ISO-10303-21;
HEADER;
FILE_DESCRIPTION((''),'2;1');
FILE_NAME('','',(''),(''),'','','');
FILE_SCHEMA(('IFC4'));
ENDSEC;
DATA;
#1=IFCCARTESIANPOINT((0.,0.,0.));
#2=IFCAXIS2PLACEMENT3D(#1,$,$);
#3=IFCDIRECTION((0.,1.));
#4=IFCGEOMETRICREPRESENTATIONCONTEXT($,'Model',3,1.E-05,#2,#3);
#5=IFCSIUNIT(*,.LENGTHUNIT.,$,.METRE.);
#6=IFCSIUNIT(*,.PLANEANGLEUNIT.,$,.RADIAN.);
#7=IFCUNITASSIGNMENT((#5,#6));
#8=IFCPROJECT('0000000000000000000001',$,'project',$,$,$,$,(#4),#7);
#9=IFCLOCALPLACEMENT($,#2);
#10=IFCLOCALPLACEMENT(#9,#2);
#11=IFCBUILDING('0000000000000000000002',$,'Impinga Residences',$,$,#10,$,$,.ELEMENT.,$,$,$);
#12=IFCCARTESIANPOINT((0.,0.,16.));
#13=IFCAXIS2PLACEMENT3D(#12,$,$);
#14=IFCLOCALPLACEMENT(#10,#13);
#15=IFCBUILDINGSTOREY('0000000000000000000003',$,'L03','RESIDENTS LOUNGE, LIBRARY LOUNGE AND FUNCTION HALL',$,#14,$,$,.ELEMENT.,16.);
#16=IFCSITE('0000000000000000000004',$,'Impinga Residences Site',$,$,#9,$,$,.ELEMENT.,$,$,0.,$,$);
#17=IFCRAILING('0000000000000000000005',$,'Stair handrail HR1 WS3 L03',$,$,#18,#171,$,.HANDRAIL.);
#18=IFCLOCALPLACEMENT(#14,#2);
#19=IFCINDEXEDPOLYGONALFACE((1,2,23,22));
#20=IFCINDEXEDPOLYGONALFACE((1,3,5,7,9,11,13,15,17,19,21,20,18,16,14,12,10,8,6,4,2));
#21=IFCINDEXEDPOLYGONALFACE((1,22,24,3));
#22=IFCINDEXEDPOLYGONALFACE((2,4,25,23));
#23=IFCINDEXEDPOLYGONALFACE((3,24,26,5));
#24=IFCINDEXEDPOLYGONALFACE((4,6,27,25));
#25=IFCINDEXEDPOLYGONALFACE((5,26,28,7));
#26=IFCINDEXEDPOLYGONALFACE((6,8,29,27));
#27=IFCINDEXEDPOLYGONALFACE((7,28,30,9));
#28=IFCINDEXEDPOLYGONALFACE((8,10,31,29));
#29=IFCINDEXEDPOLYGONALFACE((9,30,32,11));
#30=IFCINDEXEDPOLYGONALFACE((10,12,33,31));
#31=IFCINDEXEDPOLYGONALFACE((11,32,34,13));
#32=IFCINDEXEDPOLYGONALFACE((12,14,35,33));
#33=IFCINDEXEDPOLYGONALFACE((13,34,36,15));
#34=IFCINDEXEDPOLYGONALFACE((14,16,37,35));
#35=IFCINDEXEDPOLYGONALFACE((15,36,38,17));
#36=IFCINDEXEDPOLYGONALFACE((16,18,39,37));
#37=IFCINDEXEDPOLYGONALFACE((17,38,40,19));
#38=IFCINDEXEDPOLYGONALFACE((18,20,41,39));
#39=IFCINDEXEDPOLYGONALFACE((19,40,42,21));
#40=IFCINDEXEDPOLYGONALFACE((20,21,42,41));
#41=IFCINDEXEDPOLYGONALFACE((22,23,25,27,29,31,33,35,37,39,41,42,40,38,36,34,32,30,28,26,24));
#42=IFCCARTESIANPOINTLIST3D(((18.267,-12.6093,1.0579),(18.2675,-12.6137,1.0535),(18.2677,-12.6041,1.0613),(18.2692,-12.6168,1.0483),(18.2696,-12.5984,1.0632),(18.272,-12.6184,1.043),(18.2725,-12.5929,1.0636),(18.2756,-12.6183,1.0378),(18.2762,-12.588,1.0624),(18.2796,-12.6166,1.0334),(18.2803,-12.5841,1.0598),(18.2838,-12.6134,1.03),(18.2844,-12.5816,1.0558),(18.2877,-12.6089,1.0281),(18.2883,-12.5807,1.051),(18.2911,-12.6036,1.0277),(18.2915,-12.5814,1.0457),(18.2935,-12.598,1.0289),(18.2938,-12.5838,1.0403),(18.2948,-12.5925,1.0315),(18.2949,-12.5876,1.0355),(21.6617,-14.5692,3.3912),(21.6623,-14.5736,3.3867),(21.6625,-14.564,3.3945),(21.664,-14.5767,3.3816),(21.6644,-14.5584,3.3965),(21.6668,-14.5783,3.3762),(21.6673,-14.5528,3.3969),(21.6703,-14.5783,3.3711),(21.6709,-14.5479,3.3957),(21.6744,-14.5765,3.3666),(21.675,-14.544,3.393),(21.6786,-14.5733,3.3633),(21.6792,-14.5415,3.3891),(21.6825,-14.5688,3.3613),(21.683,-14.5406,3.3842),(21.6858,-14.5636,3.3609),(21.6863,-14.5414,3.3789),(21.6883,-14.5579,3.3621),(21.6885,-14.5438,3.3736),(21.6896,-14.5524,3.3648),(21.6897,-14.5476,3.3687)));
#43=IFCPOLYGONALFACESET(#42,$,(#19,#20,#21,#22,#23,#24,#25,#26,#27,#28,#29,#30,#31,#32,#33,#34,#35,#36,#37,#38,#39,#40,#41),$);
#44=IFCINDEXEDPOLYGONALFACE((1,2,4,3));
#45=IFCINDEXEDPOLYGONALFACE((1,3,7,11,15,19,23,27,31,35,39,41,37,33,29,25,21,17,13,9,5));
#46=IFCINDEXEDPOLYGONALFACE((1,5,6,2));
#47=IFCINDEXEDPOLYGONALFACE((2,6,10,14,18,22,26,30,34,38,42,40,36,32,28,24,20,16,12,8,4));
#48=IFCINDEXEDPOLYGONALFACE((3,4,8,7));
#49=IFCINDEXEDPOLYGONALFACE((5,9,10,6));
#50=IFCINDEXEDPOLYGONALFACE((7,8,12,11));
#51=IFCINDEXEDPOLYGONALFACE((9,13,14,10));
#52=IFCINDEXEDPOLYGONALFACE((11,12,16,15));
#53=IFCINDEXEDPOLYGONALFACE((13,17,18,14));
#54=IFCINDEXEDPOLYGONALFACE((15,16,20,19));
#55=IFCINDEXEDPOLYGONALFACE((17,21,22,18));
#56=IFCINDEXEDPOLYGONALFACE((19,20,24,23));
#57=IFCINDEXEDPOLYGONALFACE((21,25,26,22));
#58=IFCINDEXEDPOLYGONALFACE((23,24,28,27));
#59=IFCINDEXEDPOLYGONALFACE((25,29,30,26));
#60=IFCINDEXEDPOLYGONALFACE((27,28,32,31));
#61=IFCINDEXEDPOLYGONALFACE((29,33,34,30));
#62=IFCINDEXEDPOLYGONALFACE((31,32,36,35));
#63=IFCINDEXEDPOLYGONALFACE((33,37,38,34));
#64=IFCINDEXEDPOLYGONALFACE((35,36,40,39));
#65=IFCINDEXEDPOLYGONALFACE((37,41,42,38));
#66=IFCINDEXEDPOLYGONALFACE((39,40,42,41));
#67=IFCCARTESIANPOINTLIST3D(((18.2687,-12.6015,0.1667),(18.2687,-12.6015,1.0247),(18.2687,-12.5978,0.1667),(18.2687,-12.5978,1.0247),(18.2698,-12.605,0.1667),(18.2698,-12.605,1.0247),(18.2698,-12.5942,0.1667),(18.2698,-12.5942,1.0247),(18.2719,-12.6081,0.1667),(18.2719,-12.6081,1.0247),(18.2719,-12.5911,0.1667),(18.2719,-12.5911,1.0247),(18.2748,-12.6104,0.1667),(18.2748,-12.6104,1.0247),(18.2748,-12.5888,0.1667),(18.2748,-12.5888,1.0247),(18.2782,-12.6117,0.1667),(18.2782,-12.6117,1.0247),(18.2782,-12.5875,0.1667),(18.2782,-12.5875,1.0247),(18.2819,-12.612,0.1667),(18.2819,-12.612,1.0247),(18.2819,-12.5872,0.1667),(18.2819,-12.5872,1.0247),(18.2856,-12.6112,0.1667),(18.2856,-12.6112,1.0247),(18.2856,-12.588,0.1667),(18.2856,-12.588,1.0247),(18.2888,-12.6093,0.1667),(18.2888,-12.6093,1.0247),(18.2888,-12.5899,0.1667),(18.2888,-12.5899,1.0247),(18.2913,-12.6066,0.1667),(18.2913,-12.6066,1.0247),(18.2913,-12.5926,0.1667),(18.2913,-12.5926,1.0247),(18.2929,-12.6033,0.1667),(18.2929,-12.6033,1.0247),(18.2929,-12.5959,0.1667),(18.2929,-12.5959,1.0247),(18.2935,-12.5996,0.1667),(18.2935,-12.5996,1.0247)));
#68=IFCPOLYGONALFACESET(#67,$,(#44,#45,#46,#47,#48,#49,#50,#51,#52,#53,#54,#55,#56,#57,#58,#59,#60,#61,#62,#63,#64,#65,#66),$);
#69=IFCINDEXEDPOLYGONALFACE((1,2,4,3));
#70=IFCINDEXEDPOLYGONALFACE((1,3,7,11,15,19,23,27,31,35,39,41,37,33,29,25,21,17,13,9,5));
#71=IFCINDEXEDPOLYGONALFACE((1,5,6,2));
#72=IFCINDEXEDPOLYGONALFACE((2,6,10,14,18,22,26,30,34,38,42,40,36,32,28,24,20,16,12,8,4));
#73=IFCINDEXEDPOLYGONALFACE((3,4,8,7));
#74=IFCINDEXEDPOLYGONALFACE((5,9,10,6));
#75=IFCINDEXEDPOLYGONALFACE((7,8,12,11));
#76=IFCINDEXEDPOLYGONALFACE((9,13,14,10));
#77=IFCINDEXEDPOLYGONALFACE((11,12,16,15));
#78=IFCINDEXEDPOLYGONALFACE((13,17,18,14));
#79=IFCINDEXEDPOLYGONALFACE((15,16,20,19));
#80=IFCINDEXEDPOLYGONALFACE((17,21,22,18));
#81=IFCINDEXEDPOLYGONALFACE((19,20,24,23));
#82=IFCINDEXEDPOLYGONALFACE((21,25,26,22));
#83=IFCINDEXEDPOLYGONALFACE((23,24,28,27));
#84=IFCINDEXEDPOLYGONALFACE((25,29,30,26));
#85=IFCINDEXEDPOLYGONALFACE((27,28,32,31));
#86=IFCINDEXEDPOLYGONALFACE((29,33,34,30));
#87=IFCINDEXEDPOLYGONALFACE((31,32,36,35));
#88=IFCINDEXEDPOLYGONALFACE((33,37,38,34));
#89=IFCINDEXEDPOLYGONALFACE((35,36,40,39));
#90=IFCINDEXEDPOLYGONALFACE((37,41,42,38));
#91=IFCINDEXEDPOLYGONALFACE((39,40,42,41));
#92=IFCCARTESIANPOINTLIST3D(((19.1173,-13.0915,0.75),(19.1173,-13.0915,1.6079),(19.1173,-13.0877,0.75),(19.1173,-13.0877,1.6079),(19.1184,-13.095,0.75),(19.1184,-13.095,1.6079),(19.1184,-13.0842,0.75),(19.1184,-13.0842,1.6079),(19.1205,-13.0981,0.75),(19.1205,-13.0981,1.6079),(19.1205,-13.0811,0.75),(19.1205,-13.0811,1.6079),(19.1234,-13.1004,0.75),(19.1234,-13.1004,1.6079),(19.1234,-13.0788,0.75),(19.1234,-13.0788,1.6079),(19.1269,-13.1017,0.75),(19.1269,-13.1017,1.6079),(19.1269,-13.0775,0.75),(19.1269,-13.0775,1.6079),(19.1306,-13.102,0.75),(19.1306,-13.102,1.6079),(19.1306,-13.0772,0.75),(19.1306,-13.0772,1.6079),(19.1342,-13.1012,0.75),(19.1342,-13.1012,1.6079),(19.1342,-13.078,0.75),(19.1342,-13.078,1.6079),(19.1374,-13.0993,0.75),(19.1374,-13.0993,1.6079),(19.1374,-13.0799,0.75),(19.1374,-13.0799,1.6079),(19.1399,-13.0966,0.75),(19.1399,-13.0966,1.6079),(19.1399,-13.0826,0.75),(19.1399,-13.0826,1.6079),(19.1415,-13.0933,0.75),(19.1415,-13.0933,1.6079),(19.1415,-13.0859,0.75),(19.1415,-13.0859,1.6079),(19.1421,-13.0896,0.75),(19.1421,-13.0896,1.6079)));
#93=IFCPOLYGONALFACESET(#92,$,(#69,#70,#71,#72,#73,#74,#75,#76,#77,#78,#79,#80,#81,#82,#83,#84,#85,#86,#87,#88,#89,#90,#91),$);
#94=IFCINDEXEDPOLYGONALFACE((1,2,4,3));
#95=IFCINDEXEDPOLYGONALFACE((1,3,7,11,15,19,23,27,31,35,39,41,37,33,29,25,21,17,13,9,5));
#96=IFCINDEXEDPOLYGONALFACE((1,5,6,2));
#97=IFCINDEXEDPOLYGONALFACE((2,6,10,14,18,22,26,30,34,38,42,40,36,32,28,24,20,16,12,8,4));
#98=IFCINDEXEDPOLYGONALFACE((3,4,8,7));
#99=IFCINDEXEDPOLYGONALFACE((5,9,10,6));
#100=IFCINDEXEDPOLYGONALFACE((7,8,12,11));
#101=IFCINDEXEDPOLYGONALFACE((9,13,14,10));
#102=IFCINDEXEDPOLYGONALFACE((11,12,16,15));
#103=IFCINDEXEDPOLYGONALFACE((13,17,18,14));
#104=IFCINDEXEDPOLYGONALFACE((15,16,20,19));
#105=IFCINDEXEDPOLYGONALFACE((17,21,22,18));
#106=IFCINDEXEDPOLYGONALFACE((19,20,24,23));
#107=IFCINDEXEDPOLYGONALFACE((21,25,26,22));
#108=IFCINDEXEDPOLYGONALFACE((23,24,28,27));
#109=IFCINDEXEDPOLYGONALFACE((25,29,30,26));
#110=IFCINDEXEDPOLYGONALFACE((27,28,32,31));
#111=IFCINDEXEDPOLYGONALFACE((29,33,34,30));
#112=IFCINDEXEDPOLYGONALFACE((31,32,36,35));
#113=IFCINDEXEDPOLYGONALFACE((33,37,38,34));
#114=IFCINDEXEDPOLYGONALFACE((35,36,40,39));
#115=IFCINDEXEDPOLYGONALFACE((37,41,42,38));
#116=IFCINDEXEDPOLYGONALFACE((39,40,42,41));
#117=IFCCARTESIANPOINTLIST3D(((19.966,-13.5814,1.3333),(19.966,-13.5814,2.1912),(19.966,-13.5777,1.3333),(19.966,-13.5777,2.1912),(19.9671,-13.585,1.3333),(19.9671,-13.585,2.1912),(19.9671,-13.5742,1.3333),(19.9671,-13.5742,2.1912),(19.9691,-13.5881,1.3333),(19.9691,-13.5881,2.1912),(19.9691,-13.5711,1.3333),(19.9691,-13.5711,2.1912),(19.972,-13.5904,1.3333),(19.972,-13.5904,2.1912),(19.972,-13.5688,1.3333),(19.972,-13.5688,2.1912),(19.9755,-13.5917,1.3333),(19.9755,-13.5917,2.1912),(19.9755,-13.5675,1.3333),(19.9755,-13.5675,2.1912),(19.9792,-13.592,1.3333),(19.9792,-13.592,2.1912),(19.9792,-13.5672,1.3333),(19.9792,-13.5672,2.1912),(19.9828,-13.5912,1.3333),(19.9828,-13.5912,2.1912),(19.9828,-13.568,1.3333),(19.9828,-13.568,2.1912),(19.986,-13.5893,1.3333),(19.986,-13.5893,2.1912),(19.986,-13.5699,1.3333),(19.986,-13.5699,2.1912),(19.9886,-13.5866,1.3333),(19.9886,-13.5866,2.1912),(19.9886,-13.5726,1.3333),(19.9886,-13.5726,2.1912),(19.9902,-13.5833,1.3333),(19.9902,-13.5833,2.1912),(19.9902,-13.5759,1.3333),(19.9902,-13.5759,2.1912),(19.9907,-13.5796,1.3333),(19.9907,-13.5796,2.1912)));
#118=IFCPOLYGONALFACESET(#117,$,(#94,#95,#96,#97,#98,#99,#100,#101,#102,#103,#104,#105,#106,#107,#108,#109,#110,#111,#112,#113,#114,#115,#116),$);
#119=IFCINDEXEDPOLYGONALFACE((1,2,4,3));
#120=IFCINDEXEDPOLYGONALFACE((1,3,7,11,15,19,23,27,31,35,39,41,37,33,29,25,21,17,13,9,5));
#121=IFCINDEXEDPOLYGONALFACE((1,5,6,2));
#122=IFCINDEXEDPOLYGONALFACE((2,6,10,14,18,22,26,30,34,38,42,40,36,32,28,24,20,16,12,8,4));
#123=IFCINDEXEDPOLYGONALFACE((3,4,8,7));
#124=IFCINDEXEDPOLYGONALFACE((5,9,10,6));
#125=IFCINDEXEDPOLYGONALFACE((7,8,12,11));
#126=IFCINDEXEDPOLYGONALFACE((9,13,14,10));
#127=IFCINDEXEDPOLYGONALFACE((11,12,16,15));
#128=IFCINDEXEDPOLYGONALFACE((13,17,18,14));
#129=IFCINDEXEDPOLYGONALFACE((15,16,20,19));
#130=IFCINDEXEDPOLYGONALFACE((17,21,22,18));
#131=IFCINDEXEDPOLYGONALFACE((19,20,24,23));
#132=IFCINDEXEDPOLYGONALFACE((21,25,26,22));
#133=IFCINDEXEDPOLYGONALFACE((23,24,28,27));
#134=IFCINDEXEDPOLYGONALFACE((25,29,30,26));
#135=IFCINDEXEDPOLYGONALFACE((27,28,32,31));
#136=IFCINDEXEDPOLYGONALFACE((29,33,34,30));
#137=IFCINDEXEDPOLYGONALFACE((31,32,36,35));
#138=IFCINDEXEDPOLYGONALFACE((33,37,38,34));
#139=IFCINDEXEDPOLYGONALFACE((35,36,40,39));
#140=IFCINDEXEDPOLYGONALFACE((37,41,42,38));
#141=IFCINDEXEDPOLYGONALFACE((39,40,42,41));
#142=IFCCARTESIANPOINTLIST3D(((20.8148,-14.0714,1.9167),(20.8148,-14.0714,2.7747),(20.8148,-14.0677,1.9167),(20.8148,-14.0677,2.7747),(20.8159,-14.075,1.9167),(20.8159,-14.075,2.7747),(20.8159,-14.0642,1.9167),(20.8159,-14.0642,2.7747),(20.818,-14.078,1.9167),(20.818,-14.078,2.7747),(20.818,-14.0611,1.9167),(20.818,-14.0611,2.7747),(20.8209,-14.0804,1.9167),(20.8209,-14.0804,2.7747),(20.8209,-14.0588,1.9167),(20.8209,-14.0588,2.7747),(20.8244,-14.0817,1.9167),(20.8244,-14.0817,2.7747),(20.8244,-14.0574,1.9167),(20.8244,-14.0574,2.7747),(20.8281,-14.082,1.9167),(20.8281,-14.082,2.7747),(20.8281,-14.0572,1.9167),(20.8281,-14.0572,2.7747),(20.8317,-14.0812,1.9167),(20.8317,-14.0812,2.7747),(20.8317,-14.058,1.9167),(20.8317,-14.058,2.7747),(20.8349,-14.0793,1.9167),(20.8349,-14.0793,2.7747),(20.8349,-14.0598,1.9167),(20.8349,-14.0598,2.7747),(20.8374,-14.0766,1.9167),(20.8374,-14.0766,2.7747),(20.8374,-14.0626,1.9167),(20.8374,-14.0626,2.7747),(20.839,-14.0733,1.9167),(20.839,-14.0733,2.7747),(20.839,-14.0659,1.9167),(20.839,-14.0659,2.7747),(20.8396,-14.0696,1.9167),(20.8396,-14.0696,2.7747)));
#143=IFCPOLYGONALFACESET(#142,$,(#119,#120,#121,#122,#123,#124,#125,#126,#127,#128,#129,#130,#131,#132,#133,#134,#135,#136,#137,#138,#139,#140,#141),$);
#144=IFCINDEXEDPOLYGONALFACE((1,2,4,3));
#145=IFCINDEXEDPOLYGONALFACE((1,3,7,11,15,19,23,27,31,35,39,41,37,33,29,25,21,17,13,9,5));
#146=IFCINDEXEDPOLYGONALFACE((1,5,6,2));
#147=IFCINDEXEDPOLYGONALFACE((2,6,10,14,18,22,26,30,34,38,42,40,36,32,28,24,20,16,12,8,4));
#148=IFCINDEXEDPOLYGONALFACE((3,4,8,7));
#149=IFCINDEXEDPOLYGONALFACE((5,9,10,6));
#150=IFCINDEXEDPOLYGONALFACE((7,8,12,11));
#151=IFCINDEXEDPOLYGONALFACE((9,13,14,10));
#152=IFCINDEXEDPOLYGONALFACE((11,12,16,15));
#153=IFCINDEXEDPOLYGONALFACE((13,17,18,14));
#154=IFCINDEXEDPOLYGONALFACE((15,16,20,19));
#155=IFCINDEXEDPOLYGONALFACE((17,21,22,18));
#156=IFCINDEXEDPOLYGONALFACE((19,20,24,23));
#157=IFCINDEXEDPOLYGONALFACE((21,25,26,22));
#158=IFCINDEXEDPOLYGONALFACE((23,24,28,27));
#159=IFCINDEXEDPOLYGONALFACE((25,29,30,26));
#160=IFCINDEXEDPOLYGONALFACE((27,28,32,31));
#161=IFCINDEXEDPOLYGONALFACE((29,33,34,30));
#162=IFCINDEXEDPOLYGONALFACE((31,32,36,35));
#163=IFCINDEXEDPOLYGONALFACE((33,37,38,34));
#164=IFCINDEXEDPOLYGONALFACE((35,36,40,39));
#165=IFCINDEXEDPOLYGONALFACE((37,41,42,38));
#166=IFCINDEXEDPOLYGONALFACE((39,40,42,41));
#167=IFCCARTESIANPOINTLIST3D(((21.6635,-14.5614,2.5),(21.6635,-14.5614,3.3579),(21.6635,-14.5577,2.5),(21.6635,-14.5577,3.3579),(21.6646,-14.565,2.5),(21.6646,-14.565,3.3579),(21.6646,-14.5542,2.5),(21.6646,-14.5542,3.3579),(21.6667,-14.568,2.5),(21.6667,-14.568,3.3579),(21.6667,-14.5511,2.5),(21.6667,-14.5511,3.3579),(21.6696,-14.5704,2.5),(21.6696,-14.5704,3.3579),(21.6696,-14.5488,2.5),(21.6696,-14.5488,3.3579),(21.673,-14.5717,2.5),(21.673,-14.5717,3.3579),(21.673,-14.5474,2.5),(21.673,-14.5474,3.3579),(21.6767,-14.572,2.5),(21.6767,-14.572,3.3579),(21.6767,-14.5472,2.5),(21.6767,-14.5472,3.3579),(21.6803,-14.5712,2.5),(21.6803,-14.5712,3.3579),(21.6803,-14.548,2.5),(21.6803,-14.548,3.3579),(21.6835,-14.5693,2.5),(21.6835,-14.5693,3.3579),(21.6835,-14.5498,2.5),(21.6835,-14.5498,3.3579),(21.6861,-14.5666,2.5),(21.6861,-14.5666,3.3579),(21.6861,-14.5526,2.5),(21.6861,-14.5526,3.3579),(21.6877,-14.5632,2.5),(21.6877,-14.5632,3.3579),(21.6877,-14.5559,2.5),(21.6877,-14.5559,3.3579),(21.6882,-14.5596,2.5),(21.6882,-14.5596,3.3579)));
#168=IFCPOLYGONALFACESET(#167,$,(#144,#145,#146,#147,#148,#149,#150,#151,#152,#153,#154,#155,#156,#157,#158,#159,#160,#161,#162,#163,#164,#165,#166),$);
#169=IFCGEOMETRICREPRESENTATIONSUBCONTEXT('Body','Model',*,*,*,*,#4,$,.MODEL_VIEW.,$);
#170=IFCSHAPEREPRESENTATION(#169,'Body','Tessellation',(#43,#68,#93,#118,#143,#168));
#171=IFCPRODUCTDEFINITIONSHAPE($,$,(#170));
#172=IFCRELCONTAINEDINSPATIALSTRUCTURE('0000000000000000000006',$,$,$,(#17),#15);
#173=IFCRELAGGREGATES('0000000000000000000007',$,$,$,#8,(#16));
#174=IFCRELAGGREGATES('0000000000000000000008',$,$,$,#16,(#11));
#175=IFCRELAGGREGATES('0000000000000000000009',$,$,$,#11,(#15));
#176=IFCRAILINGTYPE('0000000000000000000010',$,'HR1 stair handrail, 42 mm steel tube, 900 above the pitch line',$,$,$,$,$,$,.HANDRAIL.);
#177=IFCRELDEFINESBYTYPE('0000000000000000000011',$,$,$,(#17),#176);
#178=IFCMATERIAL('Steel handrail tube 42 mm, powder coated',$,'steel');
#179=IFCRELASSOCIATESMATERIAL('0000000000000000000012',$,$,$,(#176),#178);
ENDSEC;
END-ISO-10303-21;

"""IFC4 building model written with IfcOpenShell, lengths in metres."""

from ifc_helpers import new_model, si_unit, direction, frame, origin, origin_2d, place, context, subcontext, project, spatial, circle, extrude, material, type_object, element, save


model = new_model("IFC4")

# Units and contexts
model_context = context("Model", 3, precision=1e-05, world=origin(), true_north=direction((0.0, 1.0)))
body_context = subcontext(model_context, "Body", "Model", "MODEL_VIEW")
ifc_project = project(units=[si_unit("LENGTHUNIT", "METRE"), si_unit("PLANEANGLEUNIT", "RADIAN")], contexts=[model_context])

# Site, building, storey
site_placement = place(None, origin())
site = spatial("IfcSite", under=ifc_project, at=site_placement, Name="Impinga Residences Site", CompositionType="ELEMENT", RefElevation=0.0)
building_placement = place(site_placement, origin())
building = spatial("IfcBuilding", under=site, at=building_placement, Name="Impinga Residences", CompositionType="ELEMENT")
storey_placement = place(building_placement, frame((0.0, 0.0, 16.0)))
storey = spatial("IfcBuildingStorey", under=building, at=storey_placement, Name="L03", Description="RESIDENTS LOUNGE, LIBRARY LOUNGE AND FUNCTION HALL", CompositionType="ELEMENT", Elevation=16.0)

# Railing
ifc_material_1 = material(Name="Steel handrail tube 42 mm, powder coated", Category="steel")
railing_type = type_object("IfcRailingType", Name="HR1 stair handrail, 42 mm steel tube, 900 above the pitch line", PredefinedType="HANDRAIL", material=ifc_material_1)
railing_placement = place(storey_placement, frame((18.281, -12.5996, 0.1667)))
element("IfcRailing", 1, at=railing_placement, inside=storey, type_object=railing_type, Name="Stair handrail HR1 WS3 L03", PredefinedType="HANDRAIL", context=body_context, shape_type="SweptSolid", body=[
    extrude(circle(Radius=0.021, at=origin_2d()), frame((0.0, 0.0, 0.8789), z_axis=(0.744175, -0.429646, 0.511476), x_axis=(0.499997, 0.866027, 0.0)), (0.0, 0.0, 1.0), 4.5618),
    extrude(circle(Radius=0.0125, at=origin_2d()), origin(), (0.0, 0.0, 1.0), 0.8579),
    extrude(circle(Radius=0.0125, at=origin_2d()), frame((0.8486, -0.49, 0.5833)), (0.0, 0.0, 1.0), 0.8579),
    extrude(circle(Radius=0.0125, at=origin_2d()), frame((1.6973, -0.98, 1.1665)), (0.0, 0.0, 1.0), 0.8579),
    extrude(circle(Radius=0.0125, at=origin_2d()), frame((2.5461, -1.47, 1.75)), (0.0, 0.0, 1.0), 0.8579),
    extrude(circle(Radius=0.0125, at=origin_2d()), frame((3.3948, -1.96, 2.3333)), (0.0, 0.0, 1.0), 0.8579),
])

save(model, "model.ifc")
